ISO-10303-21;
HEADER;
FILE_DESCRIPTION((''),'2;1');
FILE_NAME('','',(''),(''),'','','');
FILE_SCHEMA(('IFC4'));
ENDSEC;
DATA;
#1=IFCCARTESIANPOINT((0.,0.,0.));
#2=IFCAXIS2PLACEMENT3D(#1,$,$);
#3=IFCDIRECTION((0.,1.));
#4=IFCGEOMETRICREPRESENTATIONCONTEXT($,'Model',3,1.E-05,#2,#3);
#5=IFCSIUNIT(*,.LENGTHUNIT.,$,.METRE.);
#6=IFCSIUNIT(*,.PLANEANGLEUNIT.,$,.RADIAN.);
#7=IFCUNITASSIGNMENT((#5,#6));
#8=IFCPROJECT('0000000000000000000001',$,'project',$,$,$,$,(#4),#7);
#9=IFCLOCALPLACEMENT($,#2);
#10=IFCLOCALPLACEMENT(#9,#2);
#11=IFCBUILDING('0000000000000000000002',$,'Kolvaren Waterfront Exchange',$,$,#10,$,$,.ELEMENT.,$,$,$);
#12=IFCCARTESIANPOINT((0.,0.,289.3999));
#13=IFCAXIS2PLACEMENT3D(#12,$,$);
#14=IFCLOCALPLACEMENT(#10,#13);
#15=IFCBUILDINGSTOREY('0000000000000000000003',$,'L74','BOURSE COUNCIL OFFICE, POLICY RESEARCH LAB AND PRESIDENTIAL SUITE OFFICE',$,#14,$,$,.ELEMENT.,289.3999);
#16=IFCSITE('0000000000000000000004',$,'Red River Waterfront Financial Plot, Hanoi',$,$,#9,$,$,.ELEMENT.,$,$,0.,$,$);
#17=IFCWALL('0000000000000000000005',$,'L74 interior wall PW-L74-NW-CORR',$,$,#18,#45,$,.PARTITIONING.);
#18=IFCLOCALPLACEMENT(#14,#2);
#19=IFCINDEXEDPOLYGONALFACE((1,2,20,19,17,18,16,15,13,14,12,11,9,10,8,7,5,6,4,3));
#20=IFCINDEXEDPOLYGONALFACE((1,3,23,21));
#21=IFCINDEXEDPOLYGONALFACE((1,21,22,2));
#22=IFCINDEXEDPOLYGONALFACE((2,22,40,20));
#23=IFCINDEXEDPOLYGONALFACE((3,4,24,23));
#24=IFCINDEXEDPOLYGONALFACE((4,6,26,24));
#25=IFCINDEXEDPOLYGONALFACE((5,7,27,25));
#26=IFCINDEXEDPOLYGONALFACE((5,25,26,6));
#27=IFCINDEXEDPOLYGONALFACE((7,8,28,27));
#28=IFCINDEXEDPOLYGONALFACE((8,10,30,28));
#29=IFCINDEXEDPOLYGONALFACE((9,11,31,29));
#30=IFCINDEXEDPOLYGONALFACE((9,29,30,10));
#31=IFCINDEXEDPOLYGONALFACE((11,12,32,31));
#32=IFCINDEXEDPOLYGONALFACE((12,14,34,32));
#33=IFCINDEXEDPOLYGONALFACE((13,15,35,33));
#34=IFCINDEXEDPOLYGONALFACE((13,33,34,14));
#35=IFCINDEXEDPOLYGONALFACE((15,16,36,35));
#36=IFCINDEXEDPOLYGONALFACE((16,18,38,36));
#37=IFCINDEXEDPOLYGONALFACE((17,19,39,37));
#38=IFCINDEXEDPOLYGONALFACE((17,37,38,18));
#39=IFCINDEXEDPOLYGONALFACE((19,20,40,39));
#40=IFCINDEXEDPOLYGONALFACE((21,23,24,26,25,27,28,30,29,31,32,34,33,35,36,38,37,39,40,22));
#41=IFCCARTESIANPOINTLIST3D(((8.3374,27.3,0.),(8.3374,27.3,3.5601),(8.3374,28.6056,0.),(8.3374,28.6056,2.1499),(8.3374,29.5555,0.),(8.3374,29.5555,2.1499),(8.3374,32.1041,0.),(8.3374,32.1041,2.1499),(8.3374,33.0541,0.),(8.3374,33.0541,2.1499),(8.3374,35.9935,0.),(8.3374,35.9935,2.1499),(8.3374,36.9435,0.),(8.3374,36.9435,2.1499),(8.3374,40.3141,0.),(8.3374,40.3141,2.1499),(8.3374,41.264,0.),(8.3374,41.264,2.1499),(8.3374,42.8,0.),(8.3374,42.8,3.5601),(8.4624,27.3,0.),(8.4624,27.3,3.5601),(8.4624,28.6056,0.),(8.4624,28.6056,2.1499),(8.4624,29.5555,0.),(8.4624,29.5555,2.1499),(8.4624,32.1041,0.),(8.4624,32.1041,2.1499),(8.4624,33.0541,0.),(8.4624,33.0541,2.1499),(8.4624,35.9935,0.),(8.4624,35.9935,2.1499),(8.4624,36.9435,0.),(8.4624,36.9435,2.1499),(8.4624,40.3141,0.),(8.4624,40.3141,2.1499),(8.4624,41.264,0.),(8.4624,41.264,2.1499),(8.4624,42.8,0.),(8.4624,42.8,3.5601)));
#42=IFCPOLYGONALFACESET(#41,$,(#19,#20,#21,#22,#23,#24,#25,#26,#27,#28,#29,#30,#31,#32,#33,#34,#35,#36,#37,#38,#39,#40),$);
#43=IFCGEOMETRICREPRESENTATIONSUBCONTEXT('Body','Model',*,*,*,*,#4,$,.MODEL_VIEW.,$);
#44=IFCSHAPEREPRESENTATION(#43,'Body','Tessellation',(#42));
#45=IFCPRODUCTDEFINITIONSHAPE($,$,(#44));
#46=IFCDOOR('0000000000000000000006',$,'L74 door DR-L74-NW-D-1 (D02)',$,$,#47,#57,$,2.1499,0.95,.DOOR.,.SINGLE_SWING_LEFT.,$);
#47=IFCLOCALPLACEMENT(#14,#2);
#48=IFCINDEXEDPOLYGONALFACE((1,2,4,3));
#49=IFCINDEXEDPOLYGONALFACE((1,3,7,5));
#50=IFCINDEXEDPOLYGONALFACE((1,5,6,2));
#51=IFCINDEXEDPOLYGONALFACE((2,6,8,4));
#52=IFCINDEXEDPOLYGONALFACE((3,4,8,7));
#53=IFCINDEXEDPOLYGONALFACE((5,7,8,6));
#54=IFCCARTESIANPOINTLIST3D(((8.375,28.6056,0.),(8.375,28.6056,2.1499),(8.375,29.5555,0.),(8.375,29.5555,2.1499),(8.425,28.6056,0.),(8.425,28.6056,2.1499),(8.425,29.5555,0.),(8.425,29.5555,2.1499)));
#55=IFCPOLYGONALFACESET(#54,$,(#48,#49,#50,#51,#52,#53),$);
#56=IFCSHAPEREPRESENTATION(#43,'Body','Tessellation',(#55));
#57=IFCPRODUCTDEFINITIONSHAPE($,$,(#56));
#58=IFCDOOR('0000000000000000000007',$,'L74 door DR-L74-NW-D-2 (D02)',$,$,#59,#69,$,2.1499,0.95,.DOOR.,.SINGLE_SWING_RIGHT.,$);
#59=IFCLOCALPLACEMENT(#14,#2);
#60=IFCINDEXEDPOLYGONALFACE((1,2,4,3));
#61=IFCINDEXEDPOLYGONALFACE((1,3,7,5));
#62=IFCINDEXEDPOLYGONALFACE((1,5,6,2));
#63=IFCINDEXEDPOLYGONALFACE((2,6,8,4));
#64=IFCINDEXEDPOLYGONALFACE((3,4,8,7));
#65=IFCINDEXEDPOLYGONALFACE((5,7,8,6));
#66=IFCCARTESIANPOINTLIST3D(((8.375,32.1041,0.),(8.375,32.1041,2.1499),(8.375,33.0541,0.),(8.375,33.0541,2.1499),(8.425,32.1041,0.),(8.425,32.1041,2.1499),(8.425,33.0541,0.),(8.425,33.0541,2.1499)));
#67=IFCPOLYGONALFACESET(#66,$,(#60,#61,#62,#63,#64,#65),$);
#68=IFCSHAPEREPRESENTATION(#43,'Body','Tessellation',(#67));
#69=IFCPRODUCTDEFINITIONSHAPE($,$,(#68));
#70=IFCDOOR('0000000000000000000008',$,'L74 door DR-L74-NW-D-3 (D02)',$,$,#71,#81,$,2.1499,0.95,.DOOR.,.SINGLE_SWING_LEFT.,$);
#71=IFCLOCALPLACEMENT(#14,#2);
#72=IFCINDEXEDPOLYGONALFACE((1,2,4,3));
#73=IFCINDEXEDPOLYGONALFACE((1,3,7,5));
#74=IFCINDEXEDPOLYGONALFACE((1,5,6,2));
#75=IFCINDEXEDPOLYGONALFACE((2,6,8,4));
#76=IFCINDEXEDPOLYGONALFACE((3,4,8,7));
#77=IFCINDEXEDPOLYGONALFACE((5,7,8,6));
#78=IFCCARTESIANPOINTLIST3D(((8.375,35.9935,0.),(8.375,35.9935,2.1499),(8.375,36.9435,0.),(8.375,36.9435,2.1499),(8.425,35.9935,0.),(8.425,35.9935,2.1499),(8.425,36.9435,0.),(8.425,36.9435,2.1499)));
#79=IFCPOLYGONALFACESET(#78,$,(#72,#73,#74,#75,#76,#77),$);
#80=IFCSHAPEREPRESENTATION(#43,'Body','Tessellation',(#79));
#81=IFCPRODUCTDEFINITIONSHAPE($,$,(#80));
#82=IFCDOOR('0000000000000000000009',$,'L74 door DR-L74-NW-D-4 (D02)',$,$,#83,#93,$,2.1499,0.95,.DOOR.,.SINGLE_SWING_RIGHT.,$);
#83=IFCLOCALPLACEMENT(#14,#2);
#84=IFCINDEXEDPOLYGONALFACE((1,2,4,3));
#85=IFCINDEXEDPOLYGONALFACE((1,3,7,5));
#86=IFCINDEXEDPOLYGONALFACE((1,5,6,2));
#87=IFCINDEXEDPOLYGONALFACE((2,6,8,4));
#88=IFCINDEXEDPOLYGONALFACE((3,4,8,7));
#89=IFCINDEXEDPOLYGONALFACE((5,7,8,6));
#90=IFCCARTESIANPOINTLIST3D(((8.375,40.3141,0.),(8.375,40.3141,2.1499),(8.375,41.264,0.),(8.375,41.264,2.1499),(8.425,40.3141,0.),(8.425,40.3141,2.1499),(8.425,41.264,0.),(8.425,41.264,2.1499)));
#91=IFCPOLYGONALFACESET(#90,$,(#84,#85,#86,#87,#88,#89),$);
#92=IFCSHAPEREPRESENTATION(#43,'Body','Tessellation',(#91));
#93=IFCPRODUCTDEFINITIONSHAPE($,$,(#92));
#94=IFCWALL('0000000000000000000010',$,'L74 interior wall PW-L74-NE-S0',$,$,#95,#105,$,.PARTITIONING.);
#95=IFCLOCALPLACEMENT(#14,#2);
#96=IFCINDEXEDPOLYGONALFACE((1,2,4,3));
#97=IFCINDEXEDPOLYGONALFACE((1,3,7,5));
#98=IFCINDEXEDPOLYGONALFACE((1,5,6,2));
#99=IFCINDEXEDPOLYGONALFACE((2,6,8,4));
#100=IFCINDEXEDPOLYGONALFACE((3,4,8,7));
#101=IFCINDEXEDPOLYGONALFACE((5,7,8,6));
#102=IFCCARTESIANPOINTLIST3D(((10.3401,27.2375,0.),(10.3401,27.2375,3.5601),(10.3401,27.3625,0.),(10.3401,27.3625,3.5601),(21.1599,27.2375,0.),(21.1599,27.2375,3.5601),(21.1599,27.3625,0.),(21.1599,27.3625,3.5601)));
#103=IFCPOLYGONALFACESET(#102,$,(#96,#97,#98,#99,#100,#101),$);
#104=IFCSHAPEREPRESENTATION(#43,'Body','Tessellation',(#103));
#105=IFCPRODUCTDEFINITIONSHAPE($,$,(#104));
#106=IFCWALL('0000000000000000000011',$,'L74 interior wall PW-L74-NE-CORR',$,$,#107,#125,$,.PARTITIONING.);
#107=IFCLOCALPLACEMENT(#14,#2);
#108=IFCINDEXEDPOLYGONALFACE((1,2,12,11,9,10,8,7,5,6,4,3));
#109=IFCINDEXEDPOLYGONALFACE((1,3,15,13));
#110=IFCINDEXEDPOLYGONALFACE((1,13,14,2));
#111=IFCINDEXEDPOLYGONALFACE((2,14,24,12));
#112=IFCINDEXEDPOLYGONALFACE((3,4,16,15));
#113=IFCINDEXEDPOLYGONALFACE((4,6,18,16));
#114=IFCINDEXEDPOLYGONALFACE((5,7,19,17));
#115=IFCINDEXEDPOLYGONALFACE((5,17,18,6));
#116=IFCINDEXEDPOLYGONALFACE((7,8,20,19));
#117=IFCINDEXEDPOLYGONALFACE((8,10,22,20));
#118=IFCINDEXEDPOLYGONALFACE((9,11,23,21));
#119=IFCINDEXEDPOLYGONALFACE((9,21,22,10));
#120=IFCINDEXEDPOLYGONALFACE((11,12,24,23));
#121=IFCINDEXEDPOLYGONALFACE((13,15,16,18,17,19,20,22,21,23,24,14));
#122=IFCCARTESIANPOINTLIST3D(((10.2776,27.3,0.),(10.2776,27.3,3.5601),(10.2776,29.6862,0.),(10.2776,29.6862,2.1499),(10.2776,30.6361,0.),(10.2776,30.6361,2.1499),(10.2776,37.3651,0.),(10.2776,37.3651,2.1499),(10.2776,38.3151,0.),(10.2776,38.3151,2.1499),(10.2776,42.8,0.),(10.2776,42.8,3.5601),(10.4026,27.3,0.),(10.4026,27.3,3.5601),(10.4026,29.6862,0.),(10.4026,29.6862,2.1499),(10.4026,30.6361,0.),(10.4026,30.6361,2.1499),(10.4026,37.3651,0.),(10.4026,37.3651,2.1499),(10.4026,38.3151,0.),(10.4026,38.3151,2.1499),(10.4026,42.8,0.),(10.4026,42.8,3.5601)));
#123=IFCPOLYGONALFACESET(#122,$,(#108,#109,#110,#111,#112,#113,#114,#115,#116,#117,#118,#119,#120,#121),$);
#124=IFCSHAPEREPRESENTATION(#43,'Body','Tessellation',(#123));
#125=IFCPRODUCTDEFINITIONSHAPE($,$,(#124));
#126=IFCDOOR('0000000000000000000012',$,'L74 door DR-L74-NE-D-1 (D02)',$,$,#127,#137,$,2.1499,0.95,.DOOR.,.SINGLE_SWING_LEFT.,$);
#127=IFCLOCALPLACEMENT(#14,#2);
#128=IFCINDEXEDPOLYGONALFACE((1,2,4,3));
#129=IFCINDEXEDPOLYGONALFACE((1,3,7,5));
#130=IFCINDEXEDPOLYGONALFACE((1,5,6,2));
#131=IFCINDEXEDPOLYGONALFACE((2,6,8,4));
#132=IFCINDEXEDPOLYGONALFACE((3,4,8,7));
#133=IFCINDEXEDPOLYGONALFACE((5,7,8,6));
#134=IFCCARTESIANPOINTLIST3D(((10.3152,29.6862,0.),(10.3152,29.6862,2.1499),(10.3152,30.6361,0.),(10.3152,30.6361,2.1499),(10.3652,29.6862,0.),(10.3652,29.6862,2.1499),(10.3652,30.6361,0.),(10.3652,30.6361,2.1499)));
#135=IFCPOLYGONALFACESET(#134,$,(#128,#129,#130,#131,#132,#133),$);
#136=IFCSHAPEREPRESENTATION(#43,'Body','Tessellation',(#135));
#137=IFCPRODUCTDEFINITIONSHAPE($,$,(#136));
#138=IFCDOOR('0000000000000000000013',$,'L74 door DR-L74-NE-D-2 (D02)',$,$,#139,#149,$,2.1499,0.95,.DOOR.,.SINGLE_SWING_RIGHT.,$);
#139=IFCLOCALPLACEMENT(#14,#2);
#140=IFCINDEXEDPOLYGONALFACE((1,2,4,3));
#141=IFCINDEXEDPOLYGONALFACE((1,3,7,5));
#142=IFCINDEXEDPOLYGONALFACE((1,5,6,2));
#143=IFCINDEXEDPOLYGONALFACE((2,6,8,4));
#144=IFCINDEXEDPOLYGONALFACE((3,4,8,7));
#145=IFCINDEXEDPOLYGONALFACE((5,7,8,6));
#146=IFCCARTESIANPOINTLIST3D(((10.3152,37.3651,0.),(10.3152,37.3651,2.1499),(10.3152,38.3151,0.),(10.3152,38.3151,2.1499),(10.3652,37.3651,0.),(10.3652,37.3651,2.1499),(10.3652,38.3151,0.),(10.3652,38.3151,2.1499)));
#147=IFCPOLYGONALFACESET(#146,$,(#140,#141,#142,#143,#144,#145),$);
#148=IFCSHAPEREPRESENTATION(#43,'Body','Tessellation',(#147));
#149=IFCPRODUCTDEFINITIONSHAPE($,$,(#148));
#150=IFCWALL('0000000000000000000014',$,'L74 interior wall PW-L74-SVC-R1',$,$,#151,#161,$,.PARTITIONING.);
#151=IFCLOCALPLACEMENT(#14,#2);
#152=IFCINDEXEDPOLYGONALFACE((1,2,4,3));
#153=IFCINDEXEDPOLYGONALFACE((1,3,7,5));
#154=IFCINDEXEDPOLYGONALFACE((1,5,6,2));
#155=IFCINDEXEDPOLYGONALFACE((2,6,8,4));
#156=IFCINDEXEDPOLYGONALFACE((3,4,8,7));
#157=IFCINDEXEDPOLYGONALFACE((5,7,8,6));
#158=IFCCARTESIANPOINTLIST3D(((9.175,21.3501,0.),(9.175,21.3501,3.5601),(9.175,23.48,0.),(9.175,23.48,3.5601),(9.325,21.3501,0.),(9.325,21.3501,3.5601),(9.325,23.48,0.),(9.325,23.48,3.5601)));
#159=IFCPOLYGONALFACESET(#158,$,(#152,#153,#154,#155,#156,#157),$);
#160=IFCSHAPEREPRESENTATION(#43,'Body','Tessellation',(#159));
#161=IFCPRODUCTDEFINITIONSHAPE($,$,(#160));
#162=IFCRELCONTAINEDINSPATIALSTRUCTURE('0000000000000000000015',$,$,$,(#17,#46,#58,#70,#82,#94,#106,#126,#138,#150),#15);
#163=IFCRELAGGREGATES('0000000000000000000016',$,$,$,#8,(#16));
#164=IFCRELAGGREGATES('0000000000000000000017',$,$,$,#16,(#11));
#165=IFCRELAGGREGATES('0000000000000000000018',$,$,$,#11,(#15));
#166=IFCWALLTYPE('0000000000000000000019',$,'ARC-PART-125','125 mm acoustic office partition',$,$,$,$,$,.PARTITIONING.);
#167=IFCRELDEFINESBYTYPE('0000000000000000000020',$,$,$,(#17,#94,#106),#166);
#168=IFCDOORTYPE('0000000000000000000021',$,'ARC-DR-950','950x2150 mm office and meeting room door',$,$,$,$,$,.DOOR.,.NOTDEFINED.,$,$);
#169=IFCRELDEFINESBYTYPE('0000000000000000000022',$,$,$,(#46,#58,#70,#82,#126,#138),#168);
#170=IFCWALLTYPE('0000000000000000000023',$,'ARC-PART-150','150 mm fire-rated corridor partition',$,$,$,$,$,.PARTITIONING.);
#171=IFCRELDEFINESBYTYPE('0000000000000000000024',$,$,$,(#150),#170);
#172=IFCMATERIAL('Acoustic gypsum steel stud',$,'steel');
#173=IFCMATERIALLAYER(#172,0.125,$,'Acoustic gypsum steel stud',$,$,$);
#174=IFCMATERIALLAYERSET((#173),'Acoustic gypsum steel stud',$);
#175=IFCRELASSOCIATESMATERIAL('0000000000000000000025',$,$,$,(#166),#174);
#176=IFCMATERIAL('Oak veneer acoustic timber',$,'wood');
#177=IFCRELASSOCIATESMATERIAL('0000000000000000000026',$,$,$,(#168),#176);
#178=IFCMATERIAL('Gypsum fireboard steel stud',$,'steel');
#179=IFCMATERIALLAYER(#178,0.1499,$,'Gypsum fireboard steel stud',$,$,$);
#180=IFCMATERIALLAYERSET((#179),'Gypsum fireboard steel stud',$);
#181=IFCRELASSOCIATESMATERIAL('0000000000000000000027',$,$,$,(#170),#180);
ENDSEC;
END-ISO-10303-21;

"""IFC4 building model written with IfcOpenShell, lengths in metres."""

from ifc_helpers import new_model, si_unit, direction, frame, frame_2d, origin, place, context, subcontext, project, spatial, rectangle, extrude, material, layer, layer_set, type_object, element, fill, save


model = new_model("IFC4")

# Units and contexts
model_context = context("Model", 3, precision=1e-05, world=origin(), true_north=direction((0.0, 1.0)))
body_context = subcontext(model_context, "Body", "Model", "MODEL_VIEW")
ifc_project = project(units=[si_unit("LENGTHUNIT", "METRE"), si_unit("PLANEANGLEUNIT", "RADIAN")], contexts=[model_context])

# Site, building, storey
site_placement = place(None, origin())
site = spatial("IfcSite", under=ifc_project, at=site_placement, Name="Red River Waterfront Financial Plot, Hanoi", CompositionType="ELEMENT", RefElevation=0.0)
building_placement = place(site_placement, origin())
building = spatial("IfcBuilding", under=site, at=building_placement, Name="Kolvaren Waterfront Exchange", CompositionType="ELEMENT")
storey_placement = place(building_placement, frame((0.0, 0.0, 289.3999)))
storey = spatial("IfcBuildingStorey", under=building, at=storey_placement, Name="L74", Description="BOURSE COUNCIL OFFICE, POLICY RESEARCH LAB AND PRESIDENTIAL SUITE OFFICE", CompositionType="ELEMENT", Elevation=289.3999)

# Shared definitions
ifc_material_1 = material(Name="Acoustic gypsum steel stud", Category="steel")
ifc_layer_1 = layer(ifc_material_1, 0.125, Name="Acoustic gypsum steel stud")
ifc_layer_set_1 = layer_set([ifc_layer_1], Name="Acoustic gypsum steel stud")
wall_type_1 = type_object("IfcWallType", Name="ARC-PART-125", Description="125 mm acoustic office partition", PredefinedType="PARTITIONING", material=ifc_layer_set_1)

# Wall, openings, doors
wall_1_placement = place(storey_placement, frame((8.3999, 27.3, 0.0), z_axis=(0.0, 0.0, 1.0), x_axis=(0.0, 1.0, 0.0)))
wall_1 = element("IfcWall", 1, at=wall_1_placement, inside=storey, type_object=wall_type_1, Name="L74 interior wall PW-L74-NW-CORR", PredefinedType="PARTITIONING", context=body_context, shape_type="SweptSolid", body=[
    extrude(rectangle(XDim=15.5, YDim=0.125, at=frame_2d((7.75, 0.0))), origin(), (0.0, 0.0, 1.0), 3.5601),
])
opening_1_placement = place(wall_1_placement, frame((1.3054, 0.0, 0.0)))
opening_1 = element("IfcOpeningElement", 2, at=opening_1_placement, cuts=wall_1, PredefinedType="OPENING", context=body_context, shape_type="SweptSolid", body=[
    extrude(rectangle(XDim=0.95, YDim=2.1499, at=frame_2d((0.4751, 1.075))), frame((0.0, 0.0725, 0.0), z_axis=(0.0, -1.0, 0.0), x_axis=(1.0, 0.0, 0.0)), (0.0, 0.0, 1.0), 0.145),
])
opening_2_placement = place(wall_1_placement, frame((4.804, 0.0, 0.0)))
opening_2 = element("IfcOpeningElement", 3, at=opening_2_placement, cuts=wall_1, PredefinedType="OPENING", context=body_context, shape_type="SweptSolid", body=[
    extrude(rectangle(XDim=0.95, YDim=2.1499, at=frame_2d((0.4751, 1.075))), frame((0.0, 0.0725, 0.0), z_axis=(0.0, -1.0, 0.0), x_axis=(1.0, 0.0, 0.0)), (0.0, 0.0, 1.0), 0.145),
])
opening_3_placement = place(wall_1_placement, frame((8.6934, 0.0, 0.0)))
opening_3 = element("IfcOpeningElement", 4, at=opening_3_placement, cuts=wall_1, PredefinedType="OPENING", context=body_context, shape_type="SweptSolid", body=[
    extrude(rectangle(XDim=0.95, YDim=2.1499, at=frame_2d((0.4751, 1.075))), frame((0.0, 0.0725, 0.0), z_axis=(0.0, -1.0, 0.0), x_axis=(1.0, 0.0, 0.0)), (0.0, 0.0, 1.0), 0.145),
])
opening_4_placement = place(wall_1_placement, frame((13.0139, 0.0, 0.0)))
opening_4 = element("IfcOpeningElement", 5, at=opening_4_placement, cuts=wall_1, PredefinedType="OPENING", context=body_context, shape_type="SweptSolid", body=[
    extrude(rectangle(XDim=0.95, YDim=2.1499, at=frame_2d((0.4751, 1.075))), frame((0.0, 0.0725, 0.0), z_axis=(0.0, -1.0, 0.0), x_axis=(1.0, 0.0, 0.0)), (0.0, 0.0, 1.0), 0.145),
])
ifc_material_2 = material(Name="Oak veneer acoustic timber", Category="wood")
door_type_1 = type_object("IfcDoorType", Name="ARC-DR-950", Description="950x2150 mm office and meeting room door", OperationType="NOTDEFINED", PredefinedType="DOOR", material=ifc_material_2)
door_1_placement = place(opening_1_placement, origin())
door_1 = element("IfcDoor", 6, at=door_1_placement, inside=storey, type_object=door_type_1, Name="L74 door DR-L74-NW-D-1 (D02)", OperationType="SINGLE_SWING_LEFT", OverallHeight=2.1499, OverallWidth=0.95, PredefinedType="DOOR", context=body_context, shape_type="SweptSolid", body=[
    extrude(rectangle(XDim=0.95, YDim=2.1499, at=frame_2d((0.4751, 1.075))), frame((0.0, 0.0249, 0.0), z_axis=(0.0, -1.0, 0.0), x_axis=(1.0, 0.0, 0.0)), (0.0, 0.0, 1.0), 0.05),
])
fill(opening_1, door_1)
door_2_placement = place(opening_2_placement, origin())
door_2 = element("IfcDoor", 7, at=door_2_placement, inside=storey, type_object=door_type_1, Name="L74 door DR-L74-NW-D-2 (D02)", OperationType="SINGLE_SWING_RIGHT", OverallHeight=2.1499, OverallWidth=0.95, PredefinedType="DOOR", context=body_context, shape_type="SweptSolid", body=[
    extrude(rectangle(XDim=0.95, YDim=2.1499, at=frame_2d((0.4751, 1.075))), frame((0.0, 0.0249, 0.0), z_axis=(0.0, -1.0, 0.0), x_axis=(1.0, 0.0, 0.0)), (0.0, 0.0, 1.0), 0.05),
])
fill(opening_2, door_2)
door_3_placement = place(opening_3_placement, origin())
door_3 = element("IfcDoor", 8, at=door_3_placement, inside=storey, type_object=door_type_1, Name="L74 door DR-L74-NW-D-3 (D02)", OperationType="SINGLE_SWING_LEFT", OverallHeight=2.1499, OverallWidth=0.95, PredefinedType="DOOR", context=body_context, shape_type="SweptSolid", body=[
    extrude(rectangle(XDim=0.95, YDim=2.1499, at=frame_2d((0.4751, 1.075))), frame((0.0, 0.0249, 0.0), z_axis=(0.0, -1.0, 0.0), x_axis=(1.0, 0.0, 0.0)), (0.0, 0.0, 1.0), 0.05),
])
fill(opening_3, door_3)
door_4_placement = place(opening_4_placement, origin())
door_4 = element("IfcDoor", 9, at=door_4_placement, inside=storey, type_object=door_type_1, Name="L74 door DR-L74-NW-D-4 (D02)", OperationType="SINGLE_SWING_RIGHT", OverallHeight=2.1499, OverallWidth=0.95, PredefinedType="DOOR", context=body_context, shape_type="SweptSolid", body=[
    extrude(rectangle(XDim=0.95, YDim=2.1499, at=frame_2d((0.4751, 1.075))), frame((0.0, 0.0249, 0.0), z_axis=(0.0, -1.0, 0.0), x_axis=(1.0, 0.0, 0.0)), (0.0, 0.0, 1.0), 0.05),
])
fill(opening_4, door_4)

# Wall
wall_2_placement = place(storey_placement, frame((10.3401, 27.3, 0.0), z_axis=(0.0, 0.0, 1.0), x_axis=(1.0, 0.0, 0.0)))
element("IfcWall", 10, at=wall_2_placement, inside=storey, type_object=wall_type_1, Name="L74 interior wall PW-L74-NE-S0", PredefinedType="PARTITIONING", context=body_context, shape_type="SweptSolid", body=[
    extrude(rectangle(XDim=10.8198, YDim=0.125, at=frame_2d((5.4099, 0.0))), origin(), (0.0, 0.0, 1.0), 3.5601),
])

# Wall, openings, doors
wall_3_placement = place(storey_placement, frame((10.3401, 27.3, 0.0), z_axis=(0.0, 0.0, 1.0), x_axis=(0.0, 1.0, 0.0)))
wall_3 = element("IfcWall", 11, at=wall_3_placement, inside=storey, type_object=wall_type_1, Name="L74 interior wall PW-L74-NE-CORR", PredefinedType="PARTITIONING", context=body_context, shape_type="SweptSolid", body=[
    extrude(rectangle(XDim=15.5, YDim=0.125, at=frame_2d((7.75, 0.0))), origin(), (0.0, 0.0, 1.0), 3.5601),
])
opening_5_placement = place(wall_3_placement, frame((2.386, 0.0, 0.0)))
opening_5 = element("IfcOpeningElement", 12, at=opening_5_placement, cuts=wall_3, PredefinedType="OPENING", context=body_context, shape_type="SweptSolid", body=[
    extrude(rectangle(XDim=0.95, YDim=2.1499, at=frame_2d((0.4751, 1.075))), frame((0.0, 0.0725, 0.0), z_axis=(0.0, -1.0, 0.0), x_axis=(1.0, 0.0, 0.0)), (0.0, 0.0, 1.0), 0.145),
])
opening_6_placement = place(wall_3_placement, frame((10.0649, 0.0, 0.0)))
opening_6 = element("IfcOpeningElement", 13, at=opening_6_placement, cuts=wall_3, PredefinedType="OPENING", context=body_context, shape_type="SweptSolid", body=[
    extrude(rectangle(XDim=0.95, YDim=2.1499, at=frame_2d((0.4751, 1.075))), frame((0.0, 0.0725, 0.0), z_axis=(0.0, -1.0, 0.0), x_axis=(1.0, 0.0, 0.0)), (0.0, 0.0, 1.0), 0.145),
])
door_5_placement = place(opening_5_placement, origin())
door_5 = element("IfcDoor", 14, at=door_5_placement, inside=storey, type_object=door_type_1, Name="L74 door DR-L74-NE-D-1 (D02)", OperationType="SINGLE_SWING_LEFT", OverallHeight=2.1499, OverallWidth=0.95, PredefinedType="DOOR", context=body_context, shape_type="SweptSolid", body=[
    extrude(rectangle(XDim=0.95, YDim=2.1499, at=frame_2d((0.4751, 1.075))), frame((0.0, 0.0249, 0.0), z_axis=(0.0, -1.0, 0.0), x_axis=(1.0, 0.0, 0.0)), (0.0, 0.0, 1.0), 0.05),
])
fill(opening_5, door_5)
door_6_placement = place(opening_6_placement, origin())
door_6 = element("IfcDoor", 15, at=door_6_placement, inside=storey, type_object=door_type_1, Name="L74 door DR-L74-NE-D-2 (D02)", OperationType="SINGLE_SWING_RIGHT", OverallHeight=2.1499, OverallWidth=0.95, PredefinedType="DOOR", context=body_context, shape_type="SweptSolid", body=[
    extrude(rectangle(XDim=0.95, YDim=2.1499, at=frame_2d((0.4751, 1.075))), frame((0.0, 0.0249, 0.0), z_axis=(0.0, -1.0, 0.0), x_axis=(1.0, 0.0, 0.0)), (0.0, 0.0, 1.0), 0.05),
])
fill(opening_6, door_6)

# Wall
ifc_material_3 = material(Name="Gypsum fireboard steel stud", Category="steel")
ifc_layer_2 = layer(ifc_material_3, 0.1499, Name="Gypsum fireboard steel stud")
ifc_layer_set_2 = layer_set([ifc_layer_2], Name="Gypsum fireboard steel stud")
wall_type_2 = type_object("IfcWallType", Name="ARC-PART-150", Description="150 mm fire-rated corridor partition", PredefinedType="PARTITIONING", material=ifc_layer_set_2)
for number, where, z_axis, x_axis, name in (
    (16, (9.25, 21.3501, 0.0), (0.0, 0.0, 1.0), (0.0, 1.0, 0.0), "L74 interior wall PW-L74-SVC-R1"),
):
    element("IfcWall", number, at=place(storey_placement, frame(where, z_axis=z_axis, x_axis=x_axis)), inside=storey, type_object=wall_type_2, Name=name, PredefinedType="PARTITIONING", context=body_context, shape_type="SweptSolid", body=[
        extrude(rectangle(XDim=2.1299, YDim=0.1499, at=frame_2d((1.0649, 0.0))), origin(), (0.0, 0.0, 1.0), 3.5601),
    ])

save(model, "model.ifc")
